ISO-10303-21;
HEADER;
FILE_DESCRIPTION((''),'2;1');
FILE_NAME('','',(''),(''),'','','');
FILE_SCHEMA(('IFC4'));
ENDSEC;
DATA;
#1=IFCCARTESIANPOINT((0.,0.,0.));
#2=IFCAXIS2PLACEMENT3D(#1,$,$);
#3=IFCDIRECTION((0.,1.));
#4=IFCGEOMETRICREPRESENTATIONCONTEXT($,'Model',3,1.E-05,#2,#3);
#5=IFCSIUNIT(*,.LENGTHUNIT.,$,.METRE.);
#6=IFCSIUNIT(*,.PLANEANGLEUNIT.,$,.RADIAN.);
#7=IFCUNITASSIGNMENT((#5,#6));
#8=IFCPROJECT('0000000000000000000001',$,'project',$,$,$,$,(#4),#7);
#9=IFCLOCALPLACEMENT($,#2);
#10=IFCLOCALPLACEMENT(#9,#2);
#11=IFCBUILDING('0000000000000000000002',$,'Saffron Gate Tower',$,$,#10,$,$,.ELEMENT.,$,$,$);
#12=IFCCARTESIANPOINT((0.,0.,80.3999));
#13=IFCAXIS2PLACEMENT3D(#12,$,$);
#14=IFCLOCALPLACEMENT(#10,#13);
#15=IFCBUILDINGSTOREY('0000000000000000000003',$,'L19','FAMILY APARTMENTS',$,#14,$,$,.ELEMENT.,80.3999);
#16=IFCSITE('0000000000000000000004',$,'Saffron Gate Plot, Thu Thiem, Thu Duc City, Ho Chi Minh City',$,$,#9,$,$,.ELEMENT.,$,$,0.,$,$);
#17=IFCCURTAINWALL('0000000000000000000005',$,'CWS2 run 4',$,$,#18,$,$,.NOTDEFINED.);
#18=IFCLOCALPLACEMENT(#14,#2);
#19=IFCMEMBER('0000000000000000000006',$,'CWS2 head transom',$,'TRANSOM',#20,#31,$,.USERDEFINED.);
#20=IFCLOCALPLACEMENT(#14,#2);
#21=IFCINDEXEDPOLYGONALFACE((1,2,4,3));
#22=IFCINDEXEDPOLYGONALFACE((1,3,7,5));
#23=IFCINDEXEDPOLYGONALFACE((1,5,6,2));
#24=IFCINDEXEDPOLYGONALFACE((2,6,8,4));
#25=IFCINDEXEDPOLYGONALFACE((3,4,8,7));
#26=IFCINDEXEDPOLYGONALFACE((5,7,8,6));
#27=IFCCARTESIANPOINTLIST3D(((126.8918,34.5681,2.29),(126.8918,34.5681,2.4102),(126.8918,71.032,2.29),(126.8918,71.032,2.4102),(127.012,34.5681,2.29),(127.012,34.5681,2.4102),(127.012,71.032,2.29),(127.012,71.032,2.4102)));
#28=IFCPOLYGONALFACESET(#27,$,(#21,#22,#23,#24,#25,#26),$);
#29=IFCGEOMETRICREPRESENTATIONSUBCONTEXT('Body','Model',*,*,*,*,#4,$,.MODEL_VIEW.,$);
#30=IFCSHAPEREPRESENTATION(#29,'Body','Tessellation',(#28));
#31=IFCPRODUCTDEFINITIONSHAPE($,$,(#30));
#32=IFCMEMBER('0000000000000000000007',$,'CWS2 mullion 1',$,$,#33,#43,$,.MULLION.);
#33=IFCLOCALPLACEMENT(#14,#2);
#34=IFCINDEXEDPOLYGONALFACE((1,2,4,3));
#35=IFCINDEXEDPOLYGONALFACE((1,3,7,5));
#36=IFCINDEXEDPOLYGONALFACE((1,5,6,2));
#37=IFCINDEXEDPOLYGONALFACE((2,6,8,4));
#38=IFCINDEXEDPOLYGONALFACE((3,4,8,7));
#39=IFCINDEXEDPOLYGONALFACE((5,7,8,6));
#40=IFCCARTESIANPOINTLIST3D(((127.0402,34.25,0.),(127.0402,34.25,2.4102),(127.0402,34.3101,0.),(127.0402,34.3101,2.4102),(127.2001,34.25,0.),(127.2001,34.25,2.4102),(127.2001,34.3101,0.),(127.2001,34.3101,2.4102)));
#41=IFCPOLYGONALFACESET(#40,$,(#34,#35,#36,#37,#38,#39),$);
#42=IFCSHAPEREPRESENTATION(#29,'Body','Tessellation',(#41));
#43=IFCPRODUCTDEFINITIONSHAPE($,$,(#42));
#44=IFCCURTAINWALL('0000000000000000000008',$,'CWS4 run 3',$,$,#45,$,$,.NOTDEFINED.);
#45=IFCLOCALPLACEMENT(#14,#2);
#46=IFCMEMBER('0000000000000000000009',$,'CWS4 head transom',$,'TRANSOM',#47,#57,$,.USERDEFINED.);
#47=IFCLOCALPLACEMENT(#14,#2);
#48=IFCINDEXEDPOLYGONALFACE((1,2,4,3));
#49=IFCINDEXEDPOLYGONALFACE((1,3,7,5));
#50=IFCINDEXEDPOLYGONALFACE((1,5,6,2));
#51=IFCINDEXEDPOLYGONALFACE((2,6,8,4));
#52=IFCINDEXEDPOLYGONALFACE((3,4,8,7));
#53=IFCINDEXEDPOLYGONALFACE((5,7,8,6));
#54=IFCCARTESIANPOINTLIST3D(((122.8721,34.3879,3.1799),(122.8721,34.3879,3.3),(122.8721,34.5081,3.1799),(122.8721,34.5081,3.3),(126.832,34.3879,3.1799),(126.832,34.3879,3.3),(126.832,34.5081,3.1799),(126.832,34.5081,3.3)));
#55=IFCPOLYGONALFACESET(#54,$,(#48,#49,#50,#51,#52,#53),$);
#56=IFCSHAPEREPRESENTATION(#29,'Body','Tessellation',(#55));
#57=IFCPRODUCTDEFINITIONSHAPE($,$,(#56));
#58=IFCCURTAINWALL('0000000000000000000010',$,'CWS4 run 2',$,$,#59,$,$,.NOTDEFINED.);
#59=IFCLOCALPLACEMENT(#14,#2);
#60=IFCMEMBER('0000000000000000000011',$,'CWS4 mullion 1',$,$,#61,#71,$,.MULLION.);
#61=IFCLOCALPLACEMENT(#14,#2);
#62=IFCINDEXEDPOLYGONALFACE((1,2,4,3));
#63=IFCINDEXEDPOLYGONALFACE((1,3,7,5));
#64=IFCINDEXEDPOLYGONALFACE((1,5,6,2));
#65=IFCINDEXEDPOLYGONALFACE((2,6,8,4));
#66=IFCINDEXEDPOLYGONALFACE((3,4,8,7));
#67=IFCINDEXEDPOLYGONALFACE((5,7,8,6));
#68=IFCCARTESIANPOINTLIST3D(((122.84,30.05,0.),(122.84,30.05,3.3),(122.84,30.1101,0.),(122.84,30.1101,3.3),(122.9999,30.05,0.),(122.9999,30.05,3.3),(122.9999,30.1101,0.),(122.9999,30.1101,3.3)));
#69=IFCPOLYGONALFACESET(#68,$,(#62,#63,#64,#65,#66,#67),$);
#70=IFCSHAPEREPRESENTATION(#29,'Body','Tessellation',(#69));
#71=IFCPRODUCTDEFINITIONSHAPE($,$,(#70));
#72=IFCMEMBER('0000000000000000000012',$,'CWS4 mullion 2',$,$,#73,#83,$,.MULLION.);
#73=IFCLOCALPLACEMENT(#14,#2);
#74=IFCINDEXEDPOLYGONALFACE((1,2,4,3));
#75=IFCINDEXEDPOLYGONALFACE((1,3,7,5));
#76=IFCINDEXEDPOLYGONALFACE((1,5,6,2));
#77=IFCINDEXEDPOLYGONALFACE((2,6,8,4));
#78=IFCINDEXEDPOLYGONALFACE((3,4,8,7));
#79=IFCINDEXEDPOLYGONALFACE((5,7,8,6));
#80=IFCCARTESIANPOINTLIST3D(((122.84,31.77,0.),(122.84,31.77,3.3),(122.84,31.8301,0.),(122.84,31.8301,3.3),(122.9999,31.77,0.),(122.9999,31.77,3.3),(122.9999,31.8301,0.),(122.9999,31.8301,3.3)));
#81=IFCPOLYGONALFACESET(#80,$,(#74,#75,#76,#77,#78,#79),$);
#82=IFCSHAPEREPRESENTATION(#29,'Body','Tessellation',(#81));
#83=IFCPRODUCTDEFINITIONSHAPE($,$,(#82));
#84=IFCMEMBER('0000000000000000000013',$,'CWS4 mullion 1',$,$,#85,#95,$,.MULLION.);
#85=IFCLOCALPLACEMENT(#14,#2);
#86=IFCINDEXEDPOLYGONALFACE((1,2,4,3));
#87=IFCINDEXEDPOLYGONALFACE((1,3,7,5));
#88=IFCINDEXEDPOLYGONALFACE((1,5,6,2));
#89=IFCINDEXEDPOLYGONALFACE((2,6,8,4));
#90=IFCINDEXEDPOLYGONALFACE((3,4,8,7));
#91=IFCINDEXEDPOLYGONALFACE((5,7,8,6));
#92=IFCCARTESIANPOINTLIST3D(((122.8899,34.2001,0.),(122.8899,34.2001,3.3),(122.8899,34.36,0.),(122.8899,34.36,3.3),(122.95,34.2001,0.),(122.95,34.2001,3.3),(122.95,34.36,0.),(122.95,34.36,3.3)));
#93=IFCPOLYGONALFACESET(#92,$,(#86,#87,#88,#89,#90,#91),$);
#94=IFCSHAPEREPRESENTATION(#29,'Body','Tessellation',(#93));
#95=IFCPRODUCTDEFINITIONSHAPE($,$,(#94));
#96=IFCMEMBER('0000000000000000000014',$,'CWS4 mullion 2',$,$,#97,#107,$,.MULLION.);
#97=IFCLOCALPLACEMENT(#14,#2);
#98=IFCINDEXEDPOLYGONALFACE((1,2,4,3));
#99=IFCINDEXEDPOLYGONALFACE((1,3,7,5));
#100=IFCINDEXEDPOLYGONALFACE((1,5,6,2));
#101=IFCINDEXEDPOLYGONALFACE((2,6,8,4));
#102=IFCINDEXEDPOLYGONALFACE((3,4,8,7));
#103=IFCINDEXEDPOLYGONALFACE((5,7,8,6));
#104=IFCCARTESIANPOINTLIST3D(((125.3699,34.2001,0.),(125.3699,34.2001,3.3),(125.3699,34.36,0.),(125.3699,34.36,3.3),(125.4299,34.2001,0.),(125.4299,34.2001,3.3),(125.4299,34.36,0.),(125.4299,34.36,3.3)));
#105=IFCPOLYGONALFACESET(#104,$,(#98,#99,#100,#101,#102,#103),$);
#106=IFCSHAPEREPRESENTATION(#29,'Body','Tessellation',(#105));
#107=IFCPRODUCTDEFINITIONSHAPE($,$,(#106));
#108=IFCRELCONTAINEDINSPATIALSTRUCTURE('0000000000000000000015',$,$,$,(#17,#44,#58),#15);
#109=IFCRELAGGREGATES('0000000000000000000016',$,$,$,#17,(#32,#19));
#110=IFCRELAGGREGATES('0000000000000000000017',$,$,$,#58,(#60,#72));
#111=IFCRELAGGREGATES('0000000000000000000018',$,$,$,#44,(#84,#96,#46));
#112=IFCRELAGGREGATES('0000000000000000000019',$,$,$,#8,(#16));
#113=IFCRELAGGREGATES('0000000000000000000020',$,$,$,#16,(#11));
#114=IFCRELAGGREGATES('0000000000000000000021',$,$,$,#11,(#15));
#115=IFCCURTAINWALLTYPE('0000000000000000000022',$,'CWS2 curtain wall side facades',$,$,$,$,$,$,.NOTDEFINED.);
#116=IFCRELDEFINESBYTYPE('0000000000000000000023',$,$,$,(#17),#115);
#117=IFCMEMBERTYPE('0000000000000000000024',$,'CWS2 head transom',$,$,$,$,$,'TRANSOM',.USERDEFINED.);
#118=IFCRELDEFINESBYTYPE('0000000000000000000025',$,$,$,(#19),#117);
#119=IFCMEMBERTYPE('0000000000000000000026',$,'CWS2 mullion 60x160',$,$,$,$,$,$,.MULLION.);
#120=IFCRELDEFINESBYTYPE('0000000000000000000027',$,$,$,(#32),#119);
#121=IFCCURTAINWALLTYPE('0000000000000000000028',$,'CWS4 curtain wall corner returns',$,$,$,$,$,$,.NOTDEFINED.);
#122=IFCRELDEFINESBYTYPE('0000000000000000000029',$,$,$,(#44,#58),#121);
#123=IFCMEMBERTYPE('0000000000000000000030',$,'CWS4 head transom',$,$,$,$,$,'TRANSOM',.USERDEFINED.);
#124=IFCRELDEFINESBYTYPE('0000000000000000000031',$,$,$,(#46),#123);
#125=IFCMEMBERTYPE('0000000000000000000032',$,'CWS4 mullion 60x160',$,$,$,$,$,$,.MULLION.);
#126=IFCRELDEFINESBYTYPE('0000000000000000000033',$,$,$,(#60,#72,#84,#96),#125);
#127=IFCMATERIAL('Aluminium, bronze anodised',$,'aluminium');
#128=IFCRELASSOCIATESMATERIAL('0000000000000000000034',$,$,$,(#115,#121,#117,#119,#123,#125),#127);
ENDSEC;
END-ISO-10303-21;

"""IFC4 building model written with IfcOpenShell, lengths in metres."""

from ifc_helpers import new_model, si_unit, direction, frame, origin, origin_2d, place, context, subcontext, project, spatial, rectangle, extrude, material, material_profile, profile_set, type_object, element, aggregate, save


model = new_model("IFC4")

# Units and contexts
model_context = context("Model", 3, precision=1e-05, world=origin(), true_north=direction((0.0, 1.0)))
body_context = subcontext(model_context, "Body", "Model", "MODEL_VIEW")
ifc_project = project(units=[si_unit("LENGTHUNIT", "METRE"), si_unit("PLANEANGLEUNIT", "RADIAN")], contexts=[model_context])

# Site, building, storey
site_placement = place(None, origin())
site = spatial("IfcSite", under=ifc_project, at=site_placement, Name="Saffron Gate Plot, Thu Thiem, Thu Duc City, Ho Chi Minh City", CompositionType="ELEMENT", RefElevation=0.0)
building_placement = place(site_placement, origin())
building = spatial("IfcBuilding", under=site, at=building_placement, Name="Saffron Gate Tower", CompositionType="ELEMENT")
storey_placement = place(building_placement, frame((0.0, 0.0, 80.3999)))
storey = spatial("IfcBuildingStorey", under=building, at=storey_placement, Name="L19", Description="FAMILY APARTMENTS", CompositionType="ELEMENT", Elevation=80.3999)

# Curtain wall, members
ifc_material_1 = material(Name="Aluminium, bronze anodised", Category="aluminium")
curtain_wall_type_1 = type_object("IfcCurtainWallType", Name="CWS2 curtain wall side facades", PredefinedType="NOTDEFINED", material=ifc_material_1)
curtain_wall_1_placement = place(storey_placement, origin())
curtain_wall_1 = element("IfcCurtainWall", 1, at=curtain_wall_1_placement, inside=storey, type_object=curtain_wall_type_1, Name="CWS2 run 4", PredefinedType="NOTDEFINED")
ifc_material_profile_1 = material_profile(ifc_material_1, rectangle(XDim=0.1201, YDim=0.1201, at=origin_2d()))
ifc_profile_set_1 = profile_set([ifc_material_profile_1], Name="Aluminium, bronze anodised")
member_type_1 = type_object("IfcMemberType", Name="CWS2 head transom", ElementType="TRANSOM", PredefinedType="USERDEFINED", material=ifc_profile_set_1)
member_1_placement = place(storey_placement, frame((126.9519, 34.5681, 2.3501), z_axis=(0.0, 1.0, 0.0), x_axis=(-1.0, 0.0, 0.0)))
member_1 = element("IfcMember", 2, at=member_1_placement, type_object=member_type_1, Name="CWS2 head transom", ObjectType="TRANSOM", PredefinedType="USERDEFINED", context=body_context, shape_type="SweptSolid", body=[
    extrude(rectangle(XDim=0.1201, YDim=0.1201, at=origin_2d()), origin(), (0.0, 0.0, 1.0), 36.4639),
])
ifc_material_profile_2 = material_profile(ifc_material_1, rectangle(XDim=0.1599, YDim=0.0601, at=origin_2d()))
ifc_profile_set_2 = profile_set([ifc_material_profile_2], Name="Aluminium, bronze anodised")
member_type_2 = type_object("IfcMemberType", Name="CWS2 mullion 60x160", PredefinedType="MULLION", material=ifc_profile_set_2)
member_2_placement = place(storey_placement, frame((127.1201, 34.28, 0.0), z_axis=(0.0, 0.0, 1.0), x_axis=(-1.0, 0.0, 0.0)))
member_2 = element("IfcMember", 3, at=member_2_placement, type_object=member_type_2, Name="CWS2 mullion 1", PredefinedType="MULLION", context=body_context, shape_type="SweptSolid", body=[
    extrude(rectangle(XDim=0.1599, YDim=0.0601, at=origin_2d()), origin(), (0.0, 0.0, 1.0), 2.4102),
])

# Curtain wall, member
curtain_wall_type_2 = type_object("IfcCurtainWallType", Name="CWS4 curtain wall corner returns", PredefinedType="NOTDEFINED", material=ifc_material_1)
curtain_wall_2_placement = place(storey_placement, origin())
curtain_wall_2 = element("IfcCurtainWall", 4, at=curtain_wall_2_placement, inside=storey, type_object=curtain_wall_type_2, Name="CWS4 run 3", PredefinedType="NOTDEFINED")
ifc_material_profile_3 = material_profile(ifc_material_1, rectangle(XDim=0.1201, YDim=0.1201, at=origin_2d()))
ifc_profile_set_3 = profile_set([ifc_material_profile_3], Name="Aluminium, bronze anodised")
member_type_3 = type_object("IfcMemberType", Name="CWS4 head transom", ElementType="TRANSOM", PredefinedType="USERDEFINED", material=ifc_profile_set_3)
member_3_placement = place(storey_placement, frame((122.8721, 34.448, 3.24), z_axis=(1.0, 0.0, 0.0), x_axis=(0.0, 1.0, 0.0)))
member_3 = element("IfcMember", 5, at=member_3_placement, type_object=member_type_3, Name="CWS4 head transom", ObjectType="TRANSOM", PredefinedType="USERDEFINED", context=body_context, shape_type="SweptSolid", body=[
    extrude(rectangle(XDim=0.1201, YDim=0.1201, at=origin_2d()), origin(), (0.0, 0.0, 1.0), 3.96),
])

# Curtain wall, members
curtain_wall_3_placement = place(storey_placement, origin())
curtain_wall_3 = element("IfcCurtainWall", 6, at=curtain_wall_3_placement, inside=storey, type_object=curtain_wall_type_2, Name="CWS4 run 2", PredefinedType="NOTDEFINED")
ifc_material_profile_4 = material_profile(ifc_material_1, rectangle(XDim=0.1599, YDim=0.0601, at=origin_2d()))
ifc_profile_set_4 = profile_set([ifc_material_profile_4], Name="Aluminium, bronze anodised")
member_type_4 = type_object("IfcMemberType", Name="CWS4 mullion 60x160", PredefinedType="MULLION", material=ifc_profile_set_4)
member_4_placement = place(storey_placement, frame((122.9199, 30.0801, 0.0), z_axis=(0.0, 0.0, 1.0), x_axis=(-1.0, 0.0, 0.0)))
member_4 = element("IfcMember", 7, at=member_4_placement, type_object=member_type_4, Name="CWS4 mullion 1", PredefinedType="MULLION", context=body_context, shape_type="SweptSolid", body=[
    extrude(rectangle(XDim=0.1599, YDim=0.0601, at=origin_2d()), origin(), (0.0, 0.0, 1.0), 3.3),
])
member_5_placement = place(storey_placement, frame((122.9199, 31.8, 0.0), z_axis=(0.0, 0.0, 1.0), x_axis=(-1.0, 0.0, 0.0)))
member_5 = element("IfcMember", 8, at=member_5_placement, type_object=member_type_4, Name="CWS4 mullion 2", PredefinedType="MULLION", context=body_context, shape_type="SweptSolid", body=[
    extrude(rectangle(XDim=0.1599, YDim=0.0601, at=origin_2d()), origin(), (0.0, 0.0, 1.0), 3.3),
])

# Members
member_6_placement = place(storey_placement, frame((122.9199, 34.28, 0.0), z_axis=(0.0, 0.0, 1.0), x_axis=(0.0, 1.0, 0.0)))
member_6 = element("IfcMember", 9, at=member_6_placement, type_object=member_type_4, Name="CWS4 mullion 1", PredefinedType="MULLION", context=body_context, shape_type="SweptSolid", body=[
    extrude(rectangle(XDim=0.1599, YDim=0.0601, at=origin_2d()), origin(), (0.0, 0.0, 1.0), 3.3),
])
member_7_placement = place(storey_placement, frame((125.3999, 34.28, 0.0), z_axis=(0.0, 0.0, 1.0), x_axis=(0.0, 1.0, 0.0)))
member_7 = element("IfcMember", 10, at=member_7_placement, type_object=member_type_4, Name="CWS4 mullion 2", PredefinedType="MULLION", context=body_context, shape_type="SweptSolid", body=[
    extrude(rectangle(XDim=0.1599, YDim=0.0601, at=origin_2d()), origin(), (0.0, 0.0, 1.0), 3.3),
])

aggregate(curtain_wall_1, [member_2, member_1])

aggregate(curtain_wall_3, [member_4, member_5])
aggregate(curtain_wall_2, [member_6, member_7, member_3])

save(model, "model.ifc")
